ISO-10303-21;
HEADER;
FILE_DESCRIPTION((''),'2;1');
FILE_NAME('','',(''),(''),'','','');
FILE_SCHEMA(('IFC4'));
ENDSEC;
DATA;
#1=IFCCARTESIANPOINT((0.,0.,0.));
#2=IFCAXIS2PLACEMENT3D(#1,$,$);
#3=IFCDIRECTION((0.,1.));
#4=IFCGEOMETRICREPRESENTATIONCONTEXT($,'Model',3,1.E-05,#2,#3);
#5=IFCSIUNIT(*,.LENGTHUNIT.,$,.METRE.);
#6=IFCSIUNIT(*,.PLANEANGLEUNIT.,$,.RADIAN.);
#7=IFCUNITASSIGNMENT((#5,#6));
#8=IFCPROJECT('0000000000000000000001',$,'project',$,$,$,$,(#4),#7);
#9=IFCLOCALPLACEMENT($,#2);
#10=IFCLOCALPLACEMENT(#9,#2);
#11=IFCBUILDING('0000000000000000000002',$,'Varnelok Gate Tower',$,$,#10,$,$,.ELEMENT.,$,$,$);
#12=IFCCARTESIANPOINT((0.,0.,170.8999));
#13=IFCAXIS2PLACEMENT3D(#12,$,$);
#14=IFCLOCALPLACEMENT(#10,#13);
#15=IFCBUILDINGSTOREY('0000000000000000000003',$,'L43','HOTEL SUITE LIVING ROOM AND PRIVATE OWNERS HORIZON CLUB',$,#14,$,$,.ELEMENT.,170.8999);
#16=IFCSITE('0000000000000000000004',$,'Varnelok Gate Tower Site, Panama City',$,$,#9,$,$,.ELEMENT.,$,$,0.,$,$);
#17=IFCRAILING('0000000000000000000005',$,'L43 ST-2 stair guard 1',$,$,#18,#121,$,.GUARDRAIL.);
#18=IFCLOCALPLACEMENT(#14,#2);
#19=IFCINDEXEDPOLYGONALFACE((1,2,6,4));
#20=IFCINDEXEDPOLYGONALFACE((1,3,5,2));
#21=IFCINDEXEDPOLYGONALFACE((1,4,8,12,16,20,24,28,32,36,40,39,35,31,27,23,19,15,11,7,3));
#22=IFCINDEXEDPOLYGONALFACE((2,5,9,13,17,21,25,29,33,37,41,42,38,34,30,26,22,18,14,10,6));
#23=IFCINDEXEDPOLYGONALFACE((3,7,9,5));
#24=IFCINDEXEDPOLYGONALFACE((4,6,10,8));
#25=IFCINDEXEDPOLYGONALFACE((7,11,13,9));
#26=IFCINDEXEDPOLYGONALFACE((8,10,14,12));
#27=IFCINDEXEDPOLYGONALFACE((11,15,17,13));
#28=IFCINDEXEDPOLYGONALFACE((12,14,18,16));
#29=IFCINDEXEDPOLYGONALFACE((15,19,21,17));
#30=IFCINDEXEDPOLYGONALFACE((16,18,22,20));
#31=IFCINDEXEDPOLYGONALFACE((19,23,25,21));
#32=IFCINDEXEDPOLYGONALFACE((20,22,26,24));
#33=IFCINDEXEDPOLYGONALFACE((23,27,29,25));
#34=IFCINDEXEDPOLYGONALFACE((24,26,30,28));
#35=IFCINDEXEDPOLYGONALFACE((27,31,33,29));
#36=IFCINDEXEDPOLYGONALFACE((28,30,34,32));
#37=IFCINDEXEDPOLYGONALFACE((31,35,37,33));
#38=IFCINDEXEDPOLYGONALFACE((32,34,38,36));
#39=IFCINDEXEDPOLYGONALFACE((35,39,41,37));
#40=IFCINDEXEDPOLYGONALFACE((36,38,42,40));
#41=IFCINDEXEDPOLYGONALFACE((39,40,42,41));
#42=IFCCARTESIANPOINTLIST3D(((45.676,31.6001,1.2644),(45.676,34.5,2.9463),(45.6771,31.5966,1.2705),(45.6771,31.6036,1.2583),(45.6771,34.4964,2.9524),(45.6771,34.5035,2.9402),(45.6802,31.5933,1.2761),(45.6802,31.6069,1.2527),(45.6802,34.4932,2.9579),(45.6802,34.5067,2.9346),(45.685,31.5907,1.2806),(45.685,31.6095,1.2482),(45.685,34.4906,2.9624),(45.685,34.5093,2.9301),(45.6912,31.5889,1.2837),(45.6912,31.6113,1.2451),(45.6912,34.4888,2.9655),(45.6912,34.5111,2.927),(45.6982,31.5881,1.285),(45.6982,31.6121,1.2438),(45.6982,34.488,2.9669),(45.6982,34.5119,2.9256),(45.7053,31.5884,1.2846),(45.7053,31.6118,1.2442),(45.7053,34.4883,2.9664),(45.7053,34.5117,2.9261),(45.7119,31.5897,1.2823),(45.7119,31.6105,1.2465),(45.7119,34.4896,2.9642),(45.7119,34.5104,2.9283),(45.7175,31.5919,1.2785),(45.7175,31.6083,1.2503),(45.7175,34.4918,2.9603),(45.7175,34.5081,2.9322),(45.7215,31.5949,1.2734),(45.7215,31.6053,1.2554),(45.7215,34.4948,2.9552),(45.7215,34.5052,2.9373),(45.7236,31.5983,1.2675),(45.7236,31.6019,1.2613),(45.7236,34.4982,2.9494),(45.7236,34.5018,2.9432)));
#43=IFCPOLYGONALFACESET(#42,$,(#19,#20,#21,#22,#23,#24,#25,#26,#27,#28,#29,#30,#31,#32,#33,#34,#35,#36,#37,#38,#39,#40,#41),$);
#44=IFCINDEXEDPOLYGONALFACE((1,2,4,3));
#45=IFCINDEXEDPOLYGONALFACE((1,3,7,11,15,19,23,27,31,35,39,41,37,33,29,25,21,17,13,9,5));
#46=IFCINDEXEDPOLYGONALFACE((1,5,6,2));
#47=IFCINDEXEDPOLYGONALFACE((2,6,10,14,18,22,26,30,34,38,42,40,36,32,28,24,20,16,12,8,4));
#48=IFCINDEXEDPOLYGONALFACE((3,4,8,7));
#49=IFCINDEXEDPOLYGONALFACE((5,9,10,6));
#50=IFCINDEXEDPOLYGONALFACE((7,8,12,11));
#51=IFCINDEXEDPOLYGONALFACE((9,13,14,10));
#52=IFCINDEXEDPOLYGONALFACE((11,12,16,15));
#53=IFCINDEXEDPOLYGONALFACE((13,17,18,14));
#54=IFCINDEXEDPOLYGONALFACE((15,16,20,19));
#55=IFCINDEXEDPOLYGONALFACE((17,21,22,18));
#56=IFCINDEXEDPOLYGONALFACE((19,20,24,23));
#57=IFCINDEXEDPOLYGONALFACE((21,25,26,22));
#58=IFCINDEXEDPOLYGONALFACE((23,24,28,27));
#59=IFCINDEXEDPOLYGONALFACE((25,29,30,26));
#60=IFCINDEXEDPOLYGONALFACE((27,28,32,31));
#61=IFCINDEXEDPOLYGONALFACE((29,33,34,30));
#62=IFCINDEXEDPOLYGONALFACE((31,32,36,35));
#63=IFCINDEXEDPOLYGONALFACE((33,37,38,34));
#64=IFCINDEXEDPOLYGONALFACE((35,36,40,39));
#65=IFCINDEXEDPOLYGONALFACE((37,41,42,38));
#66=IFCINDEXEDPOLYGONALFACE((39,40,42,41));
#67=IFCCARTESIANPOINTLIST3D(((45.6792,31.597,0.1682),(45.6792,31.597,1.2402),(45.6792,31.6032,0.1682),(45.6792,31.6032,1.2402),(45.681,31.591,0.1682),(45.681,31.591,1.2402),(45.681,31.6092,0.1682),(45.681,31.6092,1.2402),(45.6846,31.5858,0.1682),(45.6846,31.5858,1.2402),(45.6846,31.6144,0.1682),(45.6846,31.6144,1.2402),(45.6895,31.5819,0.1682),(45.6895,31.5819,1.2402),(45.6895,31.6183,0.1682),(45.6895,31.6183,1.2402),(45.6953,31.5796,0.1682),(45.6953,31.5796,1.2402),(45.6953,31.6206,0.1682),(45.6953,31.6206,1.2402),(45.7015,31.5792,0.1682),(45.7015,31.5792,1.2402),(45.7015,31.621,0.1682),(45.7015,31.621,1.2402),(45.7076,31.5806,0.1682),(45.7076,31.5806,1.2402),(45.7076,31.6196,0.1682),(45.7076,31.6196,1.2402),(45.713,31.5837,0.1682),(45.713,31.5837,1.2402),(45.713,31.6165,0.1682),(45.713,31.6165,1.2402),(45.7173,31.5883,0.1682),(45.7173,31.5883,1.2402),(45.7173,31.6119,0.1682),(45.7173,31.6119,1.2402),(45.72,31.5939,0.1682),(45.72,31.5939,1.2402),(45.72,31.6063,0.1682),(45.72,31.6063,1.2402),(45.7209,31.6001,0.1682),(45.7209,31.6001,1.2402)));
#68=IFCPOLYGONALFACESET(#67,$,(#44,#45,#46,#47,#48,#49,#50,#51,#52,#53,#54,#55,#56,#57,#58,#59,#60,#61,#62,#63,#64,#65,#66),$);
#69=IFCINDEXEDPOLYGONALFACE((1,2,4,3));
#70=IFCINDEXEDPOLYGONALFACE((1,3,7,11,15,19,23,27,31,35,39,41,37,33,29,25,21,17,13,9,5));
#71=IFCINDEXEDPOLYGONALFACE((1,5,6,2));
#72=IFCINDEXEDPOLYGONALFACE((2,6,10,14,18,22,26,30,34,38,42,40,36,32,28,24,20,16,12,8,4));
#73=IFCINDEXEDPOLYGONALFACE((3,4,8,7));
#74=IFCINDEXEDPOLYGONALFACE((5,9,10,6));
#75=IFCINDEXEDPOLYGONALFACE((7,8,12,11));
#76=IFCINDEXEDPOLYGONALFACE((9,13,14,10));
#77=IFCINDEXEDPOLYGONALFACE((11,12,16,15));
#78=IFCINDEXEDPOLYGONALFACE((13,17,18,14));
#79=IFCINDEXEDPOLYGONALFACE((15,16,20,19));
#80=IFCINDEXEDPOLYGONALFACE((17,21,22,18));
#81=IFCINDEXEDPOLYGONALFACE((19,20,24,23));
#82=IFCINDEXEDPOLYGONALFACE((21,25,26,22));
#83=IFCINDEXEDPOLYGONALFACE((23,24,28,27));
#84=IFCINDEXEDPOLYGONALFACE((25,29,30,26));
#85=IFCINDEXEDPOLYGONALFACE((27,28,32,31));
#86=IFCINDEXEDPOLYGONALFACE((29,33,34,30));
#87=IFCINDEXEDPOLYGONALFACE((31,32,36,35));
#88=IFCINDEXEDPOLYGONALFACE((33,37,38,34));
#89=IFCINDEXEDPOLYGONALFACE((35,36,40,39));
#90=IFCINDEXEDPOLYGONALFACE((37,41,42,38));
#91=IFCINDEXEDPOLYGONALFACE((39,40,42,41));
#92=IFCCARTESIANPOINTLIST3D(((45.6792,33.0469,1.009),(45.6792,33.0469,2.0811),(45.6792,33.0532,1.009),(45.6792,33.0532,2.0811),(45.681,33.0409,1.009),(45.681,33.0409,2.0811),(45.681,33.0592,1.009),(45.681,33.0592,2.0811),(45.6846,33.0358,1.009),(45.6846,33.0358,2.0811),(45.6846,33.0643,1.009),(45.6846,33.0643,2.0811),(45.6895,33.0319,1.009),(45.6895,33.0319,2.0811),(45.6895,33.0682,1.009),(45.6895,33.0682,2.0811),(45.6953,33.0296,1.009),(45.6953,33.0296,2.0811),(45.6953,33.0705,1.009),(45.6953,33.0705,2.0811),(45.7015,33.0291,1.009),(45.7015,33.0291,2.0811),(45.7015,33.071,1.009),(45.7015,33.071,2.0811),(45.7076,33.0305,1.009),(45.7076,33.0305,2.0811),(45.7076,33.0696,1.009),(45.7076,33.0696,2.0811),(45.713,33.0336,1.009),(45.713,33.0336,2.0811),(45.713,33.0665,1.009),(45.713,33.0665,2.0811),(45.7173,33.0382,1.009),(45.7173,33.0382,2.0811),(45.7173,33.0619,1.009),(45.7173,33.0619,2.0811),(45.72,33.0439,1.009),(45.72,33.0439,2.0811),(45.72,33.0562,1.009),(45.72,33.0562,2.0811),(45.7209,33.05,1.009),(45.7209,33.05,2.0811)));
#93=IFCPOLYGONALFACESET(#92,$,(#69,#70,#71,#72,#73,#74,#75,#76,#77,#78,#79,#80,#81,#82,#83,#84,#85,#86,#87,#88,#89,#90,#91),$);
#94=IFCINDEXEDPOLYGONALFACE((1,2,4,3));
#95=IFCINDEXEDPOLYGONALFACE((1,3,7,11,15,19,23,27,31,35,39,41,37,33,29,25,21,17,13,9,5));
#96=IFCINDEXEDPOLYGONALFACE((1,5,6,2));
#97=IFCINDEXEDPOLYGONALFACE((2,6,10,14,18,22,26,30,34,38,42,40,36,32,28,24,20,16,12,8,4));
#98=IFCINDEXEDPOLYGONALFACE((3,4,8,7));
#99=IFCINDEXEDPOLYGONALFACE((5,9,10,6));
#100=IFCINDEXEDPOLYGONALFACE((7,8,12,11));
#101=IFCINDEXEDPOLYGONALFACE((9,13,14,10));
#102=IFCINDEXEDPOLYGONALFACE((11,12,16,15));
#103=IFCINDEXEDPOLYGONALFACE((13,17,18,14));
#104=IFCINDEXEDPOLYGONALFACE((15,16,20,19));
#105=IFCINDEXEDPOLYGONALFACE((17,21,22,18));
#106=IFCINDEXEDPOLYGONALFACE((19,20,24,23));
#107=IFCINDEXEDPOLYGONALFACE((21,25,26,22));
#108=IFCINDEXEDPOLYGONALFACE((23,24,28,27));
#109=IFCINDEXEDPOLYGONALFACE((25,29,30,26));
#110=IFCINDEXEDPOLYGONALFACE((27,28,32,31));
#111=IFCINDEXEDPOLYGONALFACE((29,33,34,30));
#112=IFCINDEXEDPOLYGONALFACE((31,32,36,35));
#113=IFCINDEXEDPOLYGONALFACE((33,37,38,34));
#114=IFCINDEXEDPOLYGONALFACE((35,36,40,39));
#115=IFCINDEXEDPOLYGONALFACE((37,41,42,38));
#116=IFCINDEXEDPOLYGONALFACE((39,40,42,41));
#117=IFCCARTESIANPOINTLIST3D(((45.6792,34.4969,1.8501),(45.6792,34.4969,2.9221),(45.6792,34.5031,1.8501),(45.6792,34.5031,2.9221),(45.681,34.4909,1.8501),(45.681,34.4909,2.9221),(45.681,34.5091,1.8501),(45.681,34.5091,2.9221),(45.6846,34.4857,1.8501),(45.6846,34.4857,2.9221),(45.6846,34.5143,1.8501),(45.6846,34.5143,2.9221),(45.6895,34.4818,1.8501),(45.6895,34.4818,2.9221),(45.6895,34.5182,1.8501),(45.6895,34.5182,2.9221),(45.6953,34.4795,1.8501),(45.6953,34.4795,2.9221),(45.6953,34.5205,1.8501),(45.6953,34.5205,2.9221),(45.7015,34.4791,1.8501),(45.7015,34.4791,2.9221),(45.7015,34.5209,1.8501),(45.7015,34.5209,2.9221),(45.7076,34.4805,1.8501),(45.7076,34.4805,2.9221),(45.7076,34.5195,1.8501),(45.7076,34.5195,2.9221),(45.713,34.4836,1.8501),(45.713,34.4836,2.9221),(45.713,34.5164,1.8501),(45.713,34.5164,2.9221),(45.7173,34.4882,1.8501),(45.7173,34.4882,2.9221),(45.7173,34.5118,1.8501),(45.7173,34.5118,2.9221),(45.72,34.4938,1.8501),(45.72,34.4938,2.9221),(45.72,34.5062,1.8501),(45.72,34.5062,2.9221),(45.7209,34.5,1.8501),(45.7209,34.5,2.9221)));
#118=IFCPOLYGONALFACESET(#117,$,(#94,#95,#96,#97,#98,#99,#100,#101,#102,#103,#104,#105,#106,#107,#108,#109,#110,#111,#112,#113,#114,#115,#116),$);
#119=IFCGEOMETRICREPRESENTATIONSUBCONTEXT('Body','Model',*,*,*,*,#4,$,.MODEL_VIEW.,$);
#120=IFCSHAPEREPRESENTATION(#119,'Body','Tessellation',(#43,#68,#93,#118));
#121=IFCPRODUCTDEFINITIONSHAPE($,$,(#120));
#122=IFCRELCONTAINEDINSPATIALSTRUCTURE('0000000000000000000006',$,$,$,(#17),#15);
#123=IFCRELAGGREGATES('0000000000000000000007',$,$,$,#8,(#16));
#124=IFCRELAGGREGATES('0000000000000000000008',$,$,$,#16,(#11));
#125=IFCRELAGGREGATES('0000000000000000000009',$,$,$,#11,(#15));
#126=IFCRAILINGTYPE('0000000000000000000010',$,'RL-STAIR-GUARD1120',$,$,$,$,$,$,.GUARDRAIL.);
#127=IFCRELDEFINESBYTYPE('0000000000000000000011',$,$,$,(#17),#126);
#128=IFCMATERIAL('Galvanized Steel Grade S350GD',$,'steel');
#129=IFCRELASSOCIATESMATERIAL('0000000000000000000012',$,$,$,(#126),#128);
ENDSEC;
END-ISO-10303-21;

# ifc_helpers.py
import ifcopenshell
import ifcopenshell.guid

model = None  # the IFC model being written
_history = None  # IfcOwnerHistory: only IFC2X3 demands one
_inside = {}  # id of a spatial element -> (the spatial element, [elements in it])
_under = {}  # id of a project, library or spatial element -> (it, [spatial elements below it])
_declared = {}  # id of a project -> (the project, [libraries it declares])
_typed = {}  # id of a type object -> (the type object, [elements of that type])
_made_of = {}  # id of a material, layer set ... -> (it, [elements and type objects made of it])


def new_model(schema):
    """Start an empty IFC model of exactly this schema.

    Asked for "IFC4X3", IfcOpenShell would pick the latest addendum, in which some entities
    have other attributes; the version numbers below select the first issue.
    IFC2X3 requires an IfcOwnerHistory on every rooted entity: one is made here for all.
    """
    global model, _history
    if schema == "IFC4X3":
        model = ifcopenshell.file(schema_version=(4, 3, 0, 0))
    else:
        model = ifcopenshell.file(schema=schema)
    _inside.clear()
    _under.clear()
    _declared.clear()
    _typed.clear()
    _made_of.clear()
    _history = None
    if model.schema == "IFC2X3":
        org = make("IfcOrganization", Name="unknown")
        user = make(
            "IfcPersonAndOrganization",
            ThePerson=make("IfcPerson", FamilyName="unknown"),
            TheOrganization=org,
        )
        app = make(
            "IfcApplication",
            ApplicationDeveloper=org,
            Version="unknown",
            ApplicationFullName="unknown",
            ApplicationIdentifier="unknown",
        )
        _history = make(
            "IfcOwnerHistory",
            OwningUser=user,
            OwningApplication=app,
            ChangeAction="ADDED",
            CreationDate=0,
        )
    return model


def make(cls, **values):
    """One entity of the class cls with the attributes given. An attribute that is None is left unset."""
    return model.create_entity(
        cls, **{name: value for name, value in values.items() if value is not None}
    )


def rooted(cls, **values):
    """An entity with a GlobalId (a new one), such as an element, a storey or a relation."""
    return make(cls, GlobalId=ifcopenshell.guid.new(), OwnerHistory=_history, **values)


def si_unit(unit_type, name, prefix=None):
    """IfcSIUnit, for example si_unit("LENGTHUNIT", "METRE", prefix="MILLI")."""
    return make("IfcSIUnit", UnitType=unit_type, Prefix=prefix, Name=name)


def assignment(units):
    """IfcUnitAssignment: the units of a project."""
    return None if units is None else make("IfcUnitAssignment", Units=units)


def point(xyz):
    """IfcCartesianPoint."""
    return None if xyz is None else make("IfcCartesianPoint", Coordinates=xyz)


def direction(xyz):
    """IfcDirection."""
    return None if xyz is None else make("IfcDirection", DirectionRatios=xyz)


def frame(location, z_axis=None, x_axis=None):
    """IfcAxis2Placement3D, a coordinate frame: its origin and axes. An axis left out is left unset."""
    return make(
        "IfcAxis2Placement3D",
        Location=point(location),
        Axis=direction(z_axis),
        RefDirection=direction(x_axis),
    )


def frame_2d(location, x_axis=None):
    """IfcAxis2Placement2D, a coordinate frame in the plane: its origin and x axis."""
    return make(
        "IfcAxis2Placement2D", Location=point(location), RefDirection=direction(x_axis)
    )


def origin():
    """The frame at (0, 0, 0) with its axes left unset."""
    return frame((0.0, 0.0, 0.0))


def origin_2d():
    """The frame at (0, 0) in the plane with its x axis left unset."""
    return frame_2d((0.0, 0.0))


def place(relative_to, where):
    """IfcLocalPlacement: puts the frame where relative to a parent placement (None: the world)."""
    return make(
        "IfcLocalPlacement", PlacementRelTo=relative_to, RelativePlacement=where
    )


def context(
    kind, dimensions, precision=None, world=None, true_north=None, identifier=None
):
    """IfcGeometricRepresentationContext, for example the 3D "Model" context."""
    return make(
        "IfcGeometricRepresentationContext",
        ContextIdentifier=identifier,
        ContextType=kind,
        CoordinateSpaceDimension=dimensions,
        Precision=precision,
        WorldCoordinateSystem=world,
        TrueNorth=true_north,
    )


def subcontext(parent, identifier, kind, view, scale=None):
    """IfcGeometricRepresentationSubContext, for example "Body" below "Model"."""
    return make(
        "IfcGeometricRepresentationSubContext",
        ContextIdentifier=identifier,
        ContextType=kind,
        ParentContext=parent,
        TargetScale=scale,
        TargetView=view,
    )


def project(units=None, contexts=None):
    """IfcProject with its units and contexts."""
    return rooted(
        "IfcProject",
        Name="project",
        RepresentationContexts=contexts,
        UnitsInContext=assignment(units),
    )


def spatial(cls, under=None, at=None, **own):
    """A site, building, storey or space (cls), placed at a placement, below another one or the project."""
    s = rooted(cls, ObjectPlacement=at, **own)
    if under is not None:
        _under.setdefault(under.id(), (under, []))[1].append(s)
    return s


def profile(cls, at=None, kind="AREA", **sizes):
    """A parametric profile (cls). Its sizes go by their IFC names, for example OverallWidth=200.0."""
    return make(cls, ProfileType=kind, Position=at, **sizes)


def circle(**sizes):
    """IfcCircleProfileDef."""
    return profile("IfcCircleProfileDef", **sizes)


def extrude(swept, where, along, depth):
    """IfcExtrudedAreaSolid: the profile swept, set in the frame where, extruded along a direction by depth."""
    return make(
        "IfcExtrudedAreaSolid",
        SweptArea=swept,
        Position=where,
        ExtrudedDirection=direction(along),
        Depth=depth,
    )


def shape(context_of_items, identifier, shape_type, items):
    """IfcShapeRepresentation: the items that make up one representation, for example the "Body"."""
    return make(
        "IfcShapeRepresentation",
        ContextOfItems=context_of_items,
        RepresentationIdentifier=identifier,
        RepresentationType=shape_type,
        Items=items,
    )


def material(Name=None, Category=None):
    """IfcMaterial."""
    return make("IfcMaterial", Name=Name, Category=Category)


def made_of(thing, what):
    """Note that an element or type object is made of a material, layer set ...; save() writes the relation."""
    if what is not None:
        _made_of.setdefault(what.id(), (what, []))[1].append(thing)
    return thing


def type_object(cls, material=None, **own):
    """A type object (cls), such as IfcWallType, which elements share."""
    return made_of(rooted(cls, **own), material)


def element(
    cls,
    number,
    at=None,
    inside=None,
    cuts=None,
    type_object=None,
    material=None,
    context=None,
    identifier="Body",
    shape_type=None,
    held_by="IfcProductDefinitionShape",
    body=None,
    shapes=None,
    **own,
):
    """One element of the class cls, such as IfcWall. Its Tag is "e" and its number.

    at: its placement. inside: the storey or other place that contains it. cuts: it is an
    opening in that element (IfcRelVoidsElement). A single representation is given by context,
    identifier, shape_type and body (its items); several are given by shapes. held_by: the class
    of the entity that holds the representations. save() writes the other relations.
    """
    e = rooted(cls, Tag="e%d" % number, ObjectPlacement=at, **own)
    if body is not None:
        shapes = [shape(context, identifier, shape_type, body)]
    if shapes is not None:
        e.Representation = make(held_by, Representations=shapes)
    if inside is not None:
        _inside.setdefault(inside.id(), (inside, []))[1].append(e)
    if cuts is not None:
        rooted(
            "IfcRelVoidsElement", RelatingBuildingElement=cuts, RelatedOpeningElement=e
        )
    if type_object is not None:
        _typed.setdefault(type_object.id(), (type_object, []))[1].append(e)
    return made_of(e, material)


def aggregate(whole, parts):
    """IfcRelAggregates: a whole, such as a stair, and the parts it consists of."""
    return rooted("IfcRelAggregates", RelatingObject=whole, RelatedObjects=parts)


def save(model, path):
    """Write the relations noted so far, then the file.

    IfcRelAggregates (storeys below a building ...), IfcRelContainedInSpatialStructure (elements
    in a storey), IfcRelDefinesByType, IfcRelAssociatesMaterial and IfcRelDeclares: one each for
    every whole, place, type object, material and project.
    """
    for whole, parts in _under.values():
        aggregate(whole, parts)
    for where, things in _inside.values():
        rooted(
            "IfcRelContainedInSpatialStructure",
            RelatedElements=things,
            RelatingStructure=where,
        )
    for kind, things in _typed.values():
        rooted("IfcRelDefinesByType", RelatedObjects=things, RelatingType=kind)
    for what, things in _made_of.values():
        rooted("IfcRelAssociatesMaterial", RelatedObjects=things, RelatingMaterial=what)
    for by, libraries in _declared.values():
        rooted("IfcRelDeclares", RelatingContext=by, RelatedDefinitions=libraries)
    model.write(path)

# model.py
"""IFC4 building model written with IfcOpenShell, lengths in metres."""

from ifc_helpers import new_model, si_unit, direction, frame, origin, origin_2d, place, context, subcontext, project, spatial, circle, extrude, material, type_object, element, save


model = new_model("IFC4")

# Units and contexts
model_context = context("Model", 3, precision=1e-05, world=origin(), true_north=direction((0.0, 1.0)))
body_context = subcontext(model_context, "Body", "Model", "MODEL_VIEW")
ifc_project = project(units=[si_unit("LENGTHUNIT", "METRE"), si_unit("PLANEANGLEUNIT", "RADIAN")], contexts=[model_context])

# Site, building, storey
site_placement = place(None, origin())
site = spatial("IfcSite", under=ifc_project, at=site_placement, Name="Varnelok Gate Tower Site, Panama City", CompositionType="ELEMENT", RefElevation=0.0)
building_placement = place(site_placement, origin())
building = spatial("IfcBuilding", under=site, at=building_placement, Name="Varnelok Gate Tower", CompositionType="ELEMENT")
storey_placement = place(building_placement, frame((0.0, 0.0, 170.8999)))
storey = spatial("IfcBuildingStorey", under=building, at=storey_placement, Name="L43", Description="HOTEL SUITE LIVING ROOM AND PRIVATE OWNERS HORIZON CLUB", CompositionType="ELEMENT", Elevation=170.8999)

# Shared definitions
ifc_material_1 = material(Name="Galvanized Steel Grade S350GD", Category="steel")

# Railing
railing_type_1 = type_object("IfcRailingType", Name="RL-STAIR-GUARD1120", PredefinedType="GUARDRAIL", material=ifc_material_1)
railing_1_placement = place(storey_placement, frame((45.7, 31.6001, 0.1682)))
element("IfcRailing", 1, at=railing_1_placement, inside=storey, type_object=railing_type_1, Name="L43 ST-2 stair guard 1", PredefinedType="GUARDRAIL", context=body_context, shape_type="SweptSolid", body=[
    extrude(circle(Radius=0.0239, at=origin_2d()), frame((0.0, 0.0, 1.0962), z_axis=(0.0, 0.865039, 0.501705), x_axis=(-1.0, 0.0, 0.0)), (0.0, 0.0, 1.0), 3.3523),
    extrude(circle(Radius=0.021, at=origin_2d()), origin(), (0.0, 0.0, 1.0), 1.072),
    extrude(circle(Radius=0.021, at=origin_2d()), frame((0.0, 1.45, 0.8408)), (0.0, 0.0, 1.0), 1.072),
    extrude(circle(Radius=0.021, at=origin_2d()), frame((0.0, 2.8999, 1.6819)), (0.0, 0.0, 1.0), 1.072),
])

save(model, "model.ifc")
